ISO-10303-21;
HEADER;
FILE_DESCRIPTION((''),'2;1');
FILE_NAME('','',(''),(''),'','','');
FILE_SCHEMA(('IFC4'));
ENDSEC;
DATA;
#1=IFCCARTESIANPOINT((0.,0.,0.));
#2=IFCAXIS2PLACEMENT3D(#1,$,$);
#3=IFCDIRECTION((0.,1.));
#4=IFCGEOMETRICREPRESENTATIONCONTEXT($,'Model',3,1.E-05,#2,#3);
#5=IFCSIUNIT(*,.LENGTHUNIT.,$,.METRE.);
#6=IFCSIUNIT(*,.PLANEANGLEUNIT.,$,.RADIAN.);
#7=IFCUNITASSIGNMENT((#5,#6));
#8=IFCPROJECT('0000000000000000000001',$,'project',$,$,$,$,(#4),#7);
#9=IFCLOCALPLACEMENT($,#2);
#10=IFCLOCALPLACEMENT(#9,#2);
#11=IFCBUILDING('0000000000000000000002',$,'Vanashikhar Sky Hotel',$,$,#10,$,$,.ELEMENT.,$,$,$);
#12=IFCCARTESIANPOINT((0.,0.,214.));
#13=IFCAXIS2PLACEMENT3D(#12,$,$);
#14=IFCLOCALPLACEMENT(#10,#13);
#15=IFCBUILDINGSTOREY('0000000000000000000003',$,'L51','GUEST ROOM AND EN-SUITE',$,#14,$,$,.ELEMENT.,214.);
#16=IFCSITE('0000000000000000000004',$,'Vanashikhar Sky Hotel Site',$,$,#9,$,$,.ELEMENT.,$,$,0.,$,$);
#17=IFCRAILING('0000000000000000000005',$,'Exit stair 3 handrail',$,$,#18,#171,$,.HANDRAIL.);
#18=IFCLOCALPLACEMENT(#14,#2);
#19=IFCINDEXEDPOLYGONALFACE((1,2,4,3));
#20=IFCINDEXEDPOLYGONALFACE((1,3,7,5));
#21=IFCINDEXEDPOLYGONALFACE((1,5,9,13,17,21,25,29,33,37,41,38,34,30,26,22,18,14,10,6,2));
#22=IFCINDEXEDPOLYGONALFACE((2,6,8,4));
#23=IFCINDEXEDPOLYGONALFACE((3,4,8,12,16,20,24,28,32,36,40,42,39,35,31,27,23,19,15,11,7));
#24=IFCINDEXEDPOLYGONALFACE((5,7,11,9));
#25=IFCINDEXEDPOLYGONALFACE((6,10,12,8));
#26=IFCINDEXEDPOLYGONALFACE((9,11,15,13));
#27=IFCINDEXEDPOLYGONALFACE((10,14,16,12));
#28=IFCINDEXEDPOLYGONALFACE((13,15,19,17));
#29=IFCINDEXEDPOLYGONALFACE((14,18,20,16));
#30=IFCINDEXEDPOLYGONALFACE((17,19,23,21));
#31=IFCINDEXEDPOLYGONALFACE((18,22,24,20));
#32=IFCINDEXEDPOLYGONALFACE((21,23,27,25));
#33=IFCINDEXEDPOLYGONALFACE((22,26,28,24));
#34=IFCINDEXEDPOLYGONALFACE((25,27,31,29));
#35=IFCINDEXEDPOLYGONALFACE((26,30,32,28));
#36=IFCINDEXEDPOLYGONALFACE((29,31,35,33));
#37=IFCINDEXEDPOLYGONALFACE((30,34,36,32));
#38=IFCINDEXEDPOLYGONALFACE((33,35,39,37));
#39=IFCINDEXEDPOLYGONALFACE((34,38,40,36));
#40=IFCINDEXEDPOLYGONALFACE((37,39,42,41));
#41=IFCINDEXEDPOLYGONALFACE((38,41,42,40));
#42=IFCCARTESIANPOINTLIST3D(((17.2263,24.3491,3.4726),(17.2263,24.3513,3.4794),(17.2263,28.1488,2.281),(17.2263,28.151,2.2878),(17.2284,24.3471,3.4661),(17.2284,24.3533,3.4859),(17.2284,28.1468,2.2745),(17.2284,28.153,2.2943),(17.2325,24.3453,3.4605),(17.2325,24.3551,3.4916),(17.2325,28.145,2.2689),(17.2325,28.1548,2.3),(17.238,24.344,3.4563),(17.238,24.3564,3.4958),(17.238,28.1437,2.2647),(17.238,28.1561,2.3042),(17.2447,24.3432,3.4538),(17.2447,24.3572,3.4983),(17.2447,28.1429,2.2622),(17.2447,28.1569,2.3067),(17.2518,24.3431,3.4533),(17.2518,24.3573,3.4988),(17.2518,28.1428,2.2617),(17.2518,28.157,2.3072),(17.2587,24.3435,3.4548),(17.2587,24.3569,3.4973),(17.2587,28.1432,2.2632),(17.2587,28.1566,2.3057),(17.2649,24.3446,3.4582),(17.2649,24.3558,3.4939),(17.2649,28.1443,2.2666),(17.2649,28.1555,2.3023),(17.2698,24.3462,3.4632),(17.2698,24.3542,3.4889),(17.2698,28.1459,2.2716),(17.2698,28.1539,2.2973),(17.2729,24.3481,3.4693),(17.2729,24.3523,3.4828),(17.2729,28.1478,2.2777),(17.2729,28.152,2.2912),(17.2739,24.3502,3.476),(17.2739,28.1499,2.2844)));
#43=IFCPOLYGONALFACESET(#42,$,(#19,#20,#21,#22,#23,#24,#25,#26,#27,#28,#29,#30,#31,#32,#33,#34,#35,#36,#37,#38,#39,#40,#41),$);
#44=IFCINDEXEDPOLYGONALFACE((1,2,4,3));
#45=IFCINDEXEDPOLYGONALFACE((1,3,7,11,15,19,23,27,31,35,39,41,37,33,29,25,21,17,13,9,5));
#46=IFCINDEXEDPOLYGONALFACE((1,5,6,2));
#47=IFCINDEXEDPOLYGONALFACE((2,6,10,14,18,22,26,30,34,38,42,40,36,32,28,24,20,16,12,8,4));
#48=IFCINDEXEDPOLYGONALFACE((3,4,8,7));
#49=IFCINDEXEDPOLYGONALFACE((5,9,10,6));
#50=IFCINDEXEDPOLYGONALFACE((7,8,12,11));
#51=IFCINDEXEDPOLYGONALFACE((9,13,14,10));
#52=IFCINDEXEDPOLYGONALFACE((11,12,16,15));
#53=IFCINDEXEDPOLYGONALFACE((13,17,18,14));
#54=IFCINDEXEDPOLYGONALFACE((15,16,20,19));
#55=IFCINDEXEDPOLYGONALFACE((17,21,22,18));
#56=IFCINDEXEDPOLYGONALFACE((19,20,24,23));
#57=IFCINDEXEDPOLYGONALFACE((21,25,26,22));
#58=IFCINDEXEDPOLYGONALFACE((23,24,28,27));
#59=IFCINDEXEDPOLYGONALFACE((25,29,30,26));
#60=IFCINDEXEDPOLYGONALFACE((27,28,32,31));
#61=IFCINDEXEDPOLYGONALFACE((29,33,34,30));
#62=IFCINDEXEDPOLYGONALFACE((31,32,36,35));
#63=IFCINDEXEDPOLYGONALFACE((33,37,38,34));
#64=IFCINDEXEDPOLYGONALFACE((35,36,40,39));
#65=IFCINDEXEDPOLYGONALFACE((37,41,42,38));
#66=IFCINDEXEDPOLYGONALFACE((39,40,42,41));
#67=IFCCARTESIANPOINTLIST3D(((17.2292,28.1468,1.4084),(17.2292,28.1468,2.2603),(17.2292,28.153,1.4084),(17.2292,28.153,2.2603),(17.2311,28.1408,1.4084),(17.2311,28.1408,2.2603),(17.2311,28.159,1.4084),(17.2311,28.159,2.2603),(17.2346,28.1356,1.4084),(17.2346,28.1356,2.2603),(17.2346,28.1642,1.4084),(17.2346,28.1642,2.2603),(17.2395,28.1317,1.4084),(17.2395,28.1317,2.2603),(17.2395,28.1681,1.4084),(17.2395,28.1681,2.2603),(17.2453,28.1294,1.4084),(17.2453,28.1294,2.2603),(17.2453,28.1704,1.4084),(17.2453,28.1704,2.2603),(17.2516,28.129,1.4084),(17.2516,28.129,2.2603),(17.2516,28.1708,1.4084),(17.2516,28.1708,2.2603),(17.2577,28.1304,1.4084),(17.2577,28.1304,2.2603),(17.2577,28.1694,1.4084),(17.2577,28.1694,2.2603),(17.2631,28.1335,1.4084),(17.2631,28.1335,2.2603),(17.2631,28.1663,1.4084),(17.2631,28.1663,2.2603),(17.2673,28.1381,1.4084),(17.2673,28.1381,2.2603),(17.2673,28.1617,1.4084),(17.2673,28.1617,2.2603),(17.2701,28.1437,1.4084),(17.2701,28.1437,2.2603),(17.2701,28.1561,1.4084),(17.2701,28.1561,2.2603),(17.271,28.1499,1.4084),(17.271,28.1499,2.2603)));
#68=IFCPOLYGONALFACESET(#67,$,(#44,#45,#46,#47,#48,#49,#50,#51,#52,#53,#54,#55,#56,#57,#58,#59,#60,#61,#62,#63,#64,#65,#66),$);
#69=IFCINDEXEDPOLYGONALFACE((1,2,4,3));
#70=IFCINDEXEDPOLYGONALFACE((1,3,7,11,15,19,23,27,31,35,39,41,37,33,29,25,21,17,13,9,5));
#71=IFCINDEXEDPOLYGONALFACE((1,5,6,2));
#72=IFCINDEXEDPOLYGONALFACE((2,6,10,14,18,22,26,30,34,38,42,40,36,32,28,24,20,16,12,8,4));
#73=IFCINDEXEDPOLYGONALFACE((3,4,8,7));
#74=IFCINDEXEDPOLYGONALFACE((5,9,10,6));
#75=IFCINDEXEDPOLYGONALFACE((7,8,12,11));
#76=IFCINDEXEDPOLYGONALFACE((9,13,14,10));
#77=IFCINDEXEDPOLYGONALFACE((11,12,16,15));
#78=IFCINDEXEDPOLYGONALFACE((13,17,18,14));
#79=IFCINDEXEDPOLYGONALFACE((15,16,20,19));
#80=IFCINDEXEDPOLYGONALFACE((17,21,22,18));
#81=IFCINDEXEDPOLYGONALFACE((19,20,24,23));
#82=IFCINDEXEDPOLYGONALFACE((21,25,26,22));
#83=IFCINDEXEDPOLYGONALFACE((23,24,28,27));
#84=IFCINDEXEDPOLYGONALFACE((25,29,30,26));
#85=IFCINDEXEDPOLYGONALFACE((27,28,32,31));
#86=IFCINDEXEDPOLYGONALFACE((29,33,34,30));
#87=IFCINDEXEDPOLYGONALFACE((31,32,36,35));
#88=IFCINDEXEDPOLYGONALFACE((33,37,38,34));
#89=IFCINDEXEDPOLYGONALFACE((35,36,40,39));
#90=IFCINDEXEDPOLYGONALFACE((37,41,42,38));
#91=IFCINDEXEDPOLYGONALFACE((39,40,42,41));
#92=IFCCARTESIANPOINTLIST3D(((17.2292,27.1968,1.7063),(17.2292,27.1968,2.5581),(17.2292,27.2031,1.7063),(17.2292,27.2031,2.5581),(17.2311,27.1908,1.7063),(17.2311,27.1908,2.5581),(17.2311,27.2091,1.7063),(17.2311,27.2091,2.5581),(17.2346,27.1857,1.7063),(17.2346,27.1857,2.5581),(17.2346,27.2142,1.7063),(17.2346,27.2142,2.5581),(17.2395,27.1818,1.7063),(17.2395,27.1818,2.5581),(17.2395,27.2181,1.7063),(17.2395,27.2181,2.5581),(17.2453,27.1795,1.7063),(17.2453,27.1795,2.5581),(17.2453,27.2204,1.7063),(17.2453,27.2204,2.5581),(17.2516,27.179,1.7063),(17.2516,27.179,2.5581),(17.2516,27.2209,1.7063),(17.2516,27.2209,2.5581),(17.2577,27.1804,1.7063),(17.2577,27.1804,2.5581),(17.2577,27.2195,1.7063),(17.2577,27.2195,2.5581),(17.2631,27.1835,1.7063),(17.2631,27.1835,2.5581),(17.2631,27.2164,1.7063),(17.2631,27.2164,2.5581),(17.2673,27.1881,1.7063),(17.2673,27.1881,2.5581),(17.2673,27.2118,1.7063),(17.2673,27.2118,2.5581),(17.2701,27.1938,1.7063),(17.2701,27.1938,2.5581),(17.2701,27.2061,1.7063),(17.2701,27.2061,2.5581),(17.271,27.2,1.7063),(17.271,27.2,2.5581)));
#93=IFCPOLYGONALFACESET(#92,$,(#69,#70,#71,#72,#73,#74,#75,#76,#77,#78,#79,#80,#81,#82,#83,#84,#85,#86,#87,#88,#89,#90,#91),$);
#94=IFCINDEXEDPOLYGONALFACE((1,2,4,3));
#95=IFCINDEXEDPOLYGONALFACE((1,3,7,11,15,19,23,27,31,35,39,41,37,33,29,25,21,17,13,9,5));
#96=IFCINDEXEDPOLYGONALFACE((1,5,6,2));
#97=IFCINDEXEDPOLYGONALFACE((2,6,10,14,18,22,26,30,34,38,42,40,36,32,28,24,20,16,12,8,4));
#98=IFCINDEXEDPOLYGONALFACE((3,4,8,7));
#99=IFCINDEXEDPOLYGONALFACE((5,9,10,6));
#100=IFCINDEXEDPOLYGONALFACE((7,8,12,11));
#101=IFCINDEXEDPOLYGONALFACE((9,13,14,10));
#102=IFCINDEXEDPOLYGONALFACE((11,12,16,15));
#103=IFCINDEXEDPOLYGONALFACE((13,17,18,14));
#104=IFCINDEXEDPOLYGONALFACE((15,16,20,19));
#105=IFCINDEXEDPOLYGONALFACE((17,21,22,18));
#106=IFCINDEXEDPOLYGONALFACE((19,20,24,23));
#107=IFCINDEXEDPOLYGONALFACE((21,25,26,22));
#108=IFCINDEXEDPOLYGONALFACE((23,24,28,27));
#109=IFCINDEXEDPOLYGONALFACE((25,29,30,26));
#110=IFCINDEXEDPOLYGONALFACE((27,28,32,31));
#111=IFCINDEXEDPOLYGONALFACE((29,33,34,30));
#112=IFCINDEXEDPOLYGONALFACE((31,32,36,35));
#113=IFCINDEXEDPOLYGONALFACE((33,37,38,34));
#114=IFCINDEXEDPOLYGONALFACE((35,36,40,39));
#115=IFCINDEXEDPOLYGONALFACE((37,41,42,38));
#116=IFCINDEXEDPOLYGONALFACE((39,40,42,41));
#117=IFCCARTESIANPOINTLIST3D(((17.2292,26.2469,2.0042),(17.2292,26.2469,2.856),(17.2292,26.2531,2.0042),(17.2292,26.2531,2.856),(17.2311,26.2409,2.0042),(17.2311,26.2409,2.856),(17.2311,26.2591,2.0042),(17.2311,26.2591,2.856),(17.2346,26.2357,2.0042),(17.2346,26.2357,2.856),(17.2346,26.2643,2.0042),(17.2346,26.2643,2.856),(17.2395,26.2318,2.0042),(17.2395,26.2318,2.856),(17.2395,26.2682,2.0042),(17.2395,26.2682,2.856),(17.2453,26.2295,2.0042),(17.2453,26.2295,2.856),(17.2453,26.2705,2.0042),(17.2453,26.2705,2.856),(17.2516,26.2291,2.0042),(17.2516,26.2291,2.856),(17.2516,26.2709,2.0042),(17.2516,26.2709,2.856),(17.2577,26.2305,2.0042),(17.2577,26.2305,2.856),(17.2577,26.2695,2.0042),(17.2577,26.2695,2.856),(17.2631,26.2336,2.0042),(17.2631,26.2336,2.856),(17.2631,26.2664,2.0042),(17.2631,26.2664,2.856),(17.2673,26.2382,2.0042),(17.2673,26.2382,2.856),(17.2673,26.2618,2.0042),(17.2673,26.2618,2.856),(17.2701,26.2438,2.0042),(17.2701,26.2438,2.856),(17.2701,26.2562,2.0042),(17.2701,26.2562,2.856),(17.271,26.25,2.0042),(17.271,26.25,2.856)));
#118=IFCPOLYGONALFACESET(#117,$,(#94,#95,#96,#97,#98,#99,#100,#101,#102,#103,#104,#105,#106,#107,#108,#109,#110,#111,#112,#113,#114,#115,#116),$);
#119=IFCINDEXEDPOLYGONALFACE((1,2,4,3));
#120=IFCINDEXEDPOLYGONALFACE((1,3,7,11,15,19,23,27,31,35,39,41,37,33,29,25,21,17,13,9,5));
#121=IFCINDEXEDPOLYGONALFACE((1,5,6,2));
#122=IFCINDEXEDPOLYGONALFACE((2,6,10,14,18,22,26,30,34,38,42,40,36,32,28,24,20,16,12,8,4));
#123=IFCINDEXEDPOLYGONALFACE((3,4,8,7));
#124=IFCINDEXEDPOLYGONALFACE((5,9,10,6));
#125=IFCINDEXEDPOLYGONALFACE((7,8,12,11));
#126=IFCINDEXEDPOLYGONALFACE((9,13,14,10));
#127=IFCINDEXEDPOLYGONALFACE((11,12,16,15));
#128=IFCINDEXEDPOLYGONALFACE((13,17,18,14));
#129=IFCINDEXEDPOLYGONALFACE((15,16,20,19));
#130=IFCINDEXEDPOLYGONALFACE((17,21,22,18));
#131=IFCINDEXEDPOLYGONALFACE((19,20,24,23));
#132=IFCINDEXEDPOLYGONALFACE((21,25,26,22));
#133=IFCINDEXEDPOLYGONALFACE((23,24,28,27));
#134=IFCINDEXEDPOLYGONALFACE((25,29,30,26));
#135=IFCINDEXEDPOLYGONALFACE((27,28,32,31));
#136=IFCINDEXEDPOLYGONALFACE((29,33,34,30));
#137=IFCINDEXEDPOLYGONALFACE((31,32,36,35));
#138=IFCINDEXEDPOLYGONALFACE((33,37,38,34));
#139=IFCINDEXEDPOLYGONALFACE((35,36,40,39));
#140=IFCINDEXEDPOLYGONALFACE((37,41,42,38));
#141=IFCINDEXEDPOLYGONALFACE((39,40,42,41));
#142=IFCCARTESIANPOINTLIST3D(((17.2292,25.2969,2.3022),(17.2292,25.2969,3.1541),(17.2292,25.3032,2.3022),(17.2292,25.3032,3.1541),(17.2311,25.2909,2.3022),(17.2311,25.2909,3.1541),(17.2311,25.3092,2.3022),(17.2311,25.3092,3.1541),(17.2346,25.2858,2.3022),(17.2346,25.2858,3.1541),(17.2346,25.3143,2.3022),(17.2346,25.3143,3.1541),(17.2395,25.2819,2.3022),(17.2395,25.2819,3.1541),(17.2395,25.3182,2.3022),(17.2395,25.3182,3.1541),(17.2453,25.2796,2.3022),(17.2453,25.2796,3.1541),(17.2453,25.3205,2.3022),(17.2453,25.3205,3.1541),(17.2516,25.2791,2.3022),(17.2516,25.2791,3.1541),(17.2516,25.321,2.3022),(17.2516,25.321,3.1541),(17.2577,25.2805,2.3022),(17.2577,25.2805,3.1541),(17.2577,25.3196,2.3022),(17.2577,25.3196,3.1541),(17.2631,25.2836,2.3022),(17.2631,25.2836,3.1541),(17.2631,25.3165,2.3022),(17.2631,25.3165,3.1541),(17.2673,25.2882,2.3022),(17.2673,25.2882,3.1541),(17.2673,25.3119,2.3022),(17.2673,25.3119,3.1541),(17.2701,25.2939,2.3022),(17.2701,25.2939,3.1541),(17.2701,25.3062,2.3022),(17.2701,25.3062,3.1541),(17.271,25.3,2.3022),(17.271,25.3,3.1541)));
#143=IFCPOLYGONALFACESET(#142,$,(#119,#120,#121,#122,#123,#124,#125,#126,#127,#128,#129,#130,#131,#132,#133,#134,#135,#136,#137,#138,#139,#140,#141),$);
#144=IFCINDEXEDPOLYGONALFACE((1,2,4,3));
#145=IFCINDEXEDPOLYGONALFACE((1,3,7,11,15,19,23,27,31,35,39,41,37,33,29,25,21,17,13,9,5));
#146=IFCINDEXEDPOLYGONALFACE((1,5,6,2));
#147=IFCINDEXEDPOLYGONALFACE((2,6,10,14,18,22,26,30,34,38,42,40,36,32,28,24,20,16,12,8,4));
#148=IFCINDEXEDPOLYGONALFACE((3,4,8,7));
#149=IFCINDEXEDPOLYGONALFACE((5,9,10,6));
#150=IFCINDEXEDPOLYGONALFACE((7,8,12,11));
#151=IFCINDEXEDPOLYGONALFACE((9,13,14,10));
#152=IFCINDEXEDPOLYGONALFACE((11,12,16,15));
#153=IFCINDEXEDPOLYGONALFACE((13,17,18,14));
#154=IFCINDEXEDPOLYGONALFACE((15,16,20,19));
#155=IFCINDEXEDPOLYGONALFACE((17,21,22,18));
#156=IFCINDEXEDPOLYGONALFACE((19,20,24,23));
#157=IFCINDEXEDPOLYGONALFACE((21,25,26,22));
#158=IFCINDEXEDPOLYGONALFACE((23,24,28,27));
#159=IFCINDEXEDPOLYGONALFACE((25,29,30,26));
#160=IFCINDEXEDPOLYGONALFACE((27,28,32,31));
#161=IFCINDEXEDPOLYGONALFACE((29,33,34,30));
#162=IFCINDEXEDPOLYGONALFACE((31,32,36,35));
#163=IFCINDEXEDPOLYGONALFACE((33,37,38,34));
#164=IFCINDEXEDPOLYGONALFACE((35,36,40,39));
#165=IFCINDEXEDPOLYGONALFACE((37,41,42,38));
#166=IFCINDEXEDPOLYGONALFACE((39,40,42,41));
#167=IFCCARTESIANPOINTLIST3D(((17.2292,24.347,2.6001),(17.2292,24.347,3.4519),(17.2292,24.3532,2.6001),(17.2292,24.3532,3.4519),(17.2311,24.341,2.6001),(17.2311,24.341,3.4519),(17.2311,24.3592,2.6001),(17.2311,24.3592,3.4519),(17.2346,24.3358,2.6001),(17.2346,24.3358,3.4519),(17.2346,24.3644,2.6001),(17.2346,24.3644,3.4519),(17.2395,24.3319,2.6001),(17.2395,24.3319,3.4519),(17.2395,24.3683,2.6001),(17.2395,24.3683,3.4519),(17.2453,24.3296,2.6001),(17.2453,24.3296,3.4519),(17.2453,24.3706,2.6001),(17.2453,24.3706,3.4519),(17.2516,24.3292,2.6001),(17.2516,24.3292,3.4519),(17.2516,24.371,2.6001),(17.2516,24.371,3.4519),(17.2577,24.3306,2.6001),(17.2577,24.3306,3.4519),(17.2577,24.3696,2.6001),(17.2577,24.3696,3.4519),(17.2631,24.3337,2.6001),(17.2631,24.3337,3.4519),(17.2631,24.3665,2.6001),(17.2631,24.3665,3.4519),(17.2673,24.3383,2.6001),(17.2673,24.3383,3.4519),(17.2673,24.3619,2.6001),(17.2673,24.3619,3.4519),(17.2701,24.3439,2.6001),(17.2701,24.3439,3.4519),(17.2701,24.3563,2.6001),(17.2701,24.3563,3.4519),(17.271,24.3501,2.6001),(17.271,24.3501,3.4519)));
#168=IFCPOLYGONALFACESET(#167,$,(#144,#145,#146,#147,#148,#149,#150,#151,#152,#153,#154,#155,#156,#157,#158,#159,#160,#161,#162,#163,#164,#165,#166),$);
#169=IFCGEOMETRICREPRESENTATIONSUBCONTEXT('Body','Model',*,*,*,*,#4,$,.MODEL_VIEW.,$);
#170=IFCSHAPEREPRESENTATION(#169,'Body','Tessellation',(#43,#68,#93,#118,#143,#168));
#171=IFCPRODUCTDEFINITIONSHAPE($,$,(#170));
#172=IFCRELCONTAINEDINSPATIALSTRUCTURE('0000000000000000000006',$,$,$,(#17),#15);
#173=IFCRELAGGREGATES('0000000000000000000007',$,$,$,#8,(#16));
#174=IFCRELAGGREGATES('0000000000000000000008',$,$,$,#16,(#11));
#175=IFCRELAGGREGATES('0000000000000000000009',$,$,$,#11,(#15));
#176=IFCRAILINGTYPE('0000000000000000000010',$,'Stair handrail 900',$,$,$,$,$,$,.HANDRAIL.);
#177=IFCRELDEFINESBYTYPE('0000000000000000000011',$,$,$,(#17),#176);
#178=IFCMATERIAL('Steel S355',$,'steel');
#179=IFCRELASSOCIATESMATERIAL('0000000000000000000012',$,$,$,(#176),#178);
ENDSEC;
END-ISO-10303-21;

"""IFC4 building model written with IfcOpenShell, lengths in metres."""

from ifc_helpers import new_model, si_unit, direction, frame, origin, origin_2d, place, context, subcontext, project, spatial, circle, extrude, source, transform, mapped, material, type_object, element, save


model = new_model("IFC4")

# Units and contexts
model_context = context("Model", 3, precision=1e-05, world=origin(), true_north=direction((0.0, 1.0)))
body_context = subcontext(model_context, "Body", "Model", "MODEL_VIEW")
ifc_project = project(units=[si_unit("LENGTHUNIT", "METRE"), si_unit("PLANEANGLEUNIT", "RADIAN")], contexts=[model_context])

# Site, building, storey
site_placement = place(None, origin())
site = spatial("IfcSite", under=ifc_project, at=site_placement, Name="Vanashikhar Sky Hotel Site", CompositionType="ELEMENT", RefElevation=0.0)
building_placement = place(site_placement, origin())
building = spatial("IfcBuilding", under=site, at=building_placement, Name="Vanashikhar Sky Hotel", CompositionType="ELEMENT")
storey_placement = place(building_placement, frame((0.0, 0.0, 214.0)))
storey = spatial("IfcBuildingStorey", under=building, at=storey_placement, Name="L51", Description="GUEST ROOM AND EN-SUITE", CompositionType="ELEMENT", Elevation=214.0)

# Railing
ifc_material_1 = material(Name="Steel S355", Category="steel")
railing_type = type_object("IfcRailingType", Name="Stair handrail 900", PredefinedType="HANDRAIL", material=ifc_material_1)
shared_shape_1 = source(origin(), body_context, "Body", "SweptSolid", [
    extrude(circle(Radius=0.0239, at=origin_2d()), frame((0.0, 0.0, 0.876), z_axis=(0.0, -0.954178, 0.299238), x_axis=(1.0, 0.0, 0.0)), (0.0, 0.0, 1.0), 3.9822),
    extrude(circle(Radius=0.021, at=origin_2d()), origin(), (0.0, 0.0, 1.0), 0.8518),
    extrude(circle(Radius=0.021, at=origin_2d()), frame((0.0, -0.95, 0.2979)), (0.0, 0.0, 1.0), 0.8518),
    extrude(circle(Radius=0.021, at=origin_2d()), frame((0.0, -1.8999, 0.5957)), (0.0, 0.0, 1.0), 0.8518),
    extrude(circle(Radius=0.021, at=origin_2d()), frame((0.0, -2.8499, 0.8938)), (0.0, 0.0, 1.0), 0.8518),
    extrude(circle(Radius=0.021, at=origin_2d()), frame((0.0, -3.7998, 1.1917)), (0.0, 0.0, 1.0), 0.8518),
])
railing_placement = place(storey_placement, frame((17.25, 28.1499, 1.4084)))
element("IfcRailing", 1, at=railing_placement, inside=storey, type_object=railing_type, Name="Exit stair 3 handrail", PredefinedType="HANDRAIL", context=body_context, shape_type="MappedRepresentation", body=[
    mapped(shared_shape_1, transform((0.0, 0.0, 0.0), scale=1.0)),
])

save(model, "model.ifc")
